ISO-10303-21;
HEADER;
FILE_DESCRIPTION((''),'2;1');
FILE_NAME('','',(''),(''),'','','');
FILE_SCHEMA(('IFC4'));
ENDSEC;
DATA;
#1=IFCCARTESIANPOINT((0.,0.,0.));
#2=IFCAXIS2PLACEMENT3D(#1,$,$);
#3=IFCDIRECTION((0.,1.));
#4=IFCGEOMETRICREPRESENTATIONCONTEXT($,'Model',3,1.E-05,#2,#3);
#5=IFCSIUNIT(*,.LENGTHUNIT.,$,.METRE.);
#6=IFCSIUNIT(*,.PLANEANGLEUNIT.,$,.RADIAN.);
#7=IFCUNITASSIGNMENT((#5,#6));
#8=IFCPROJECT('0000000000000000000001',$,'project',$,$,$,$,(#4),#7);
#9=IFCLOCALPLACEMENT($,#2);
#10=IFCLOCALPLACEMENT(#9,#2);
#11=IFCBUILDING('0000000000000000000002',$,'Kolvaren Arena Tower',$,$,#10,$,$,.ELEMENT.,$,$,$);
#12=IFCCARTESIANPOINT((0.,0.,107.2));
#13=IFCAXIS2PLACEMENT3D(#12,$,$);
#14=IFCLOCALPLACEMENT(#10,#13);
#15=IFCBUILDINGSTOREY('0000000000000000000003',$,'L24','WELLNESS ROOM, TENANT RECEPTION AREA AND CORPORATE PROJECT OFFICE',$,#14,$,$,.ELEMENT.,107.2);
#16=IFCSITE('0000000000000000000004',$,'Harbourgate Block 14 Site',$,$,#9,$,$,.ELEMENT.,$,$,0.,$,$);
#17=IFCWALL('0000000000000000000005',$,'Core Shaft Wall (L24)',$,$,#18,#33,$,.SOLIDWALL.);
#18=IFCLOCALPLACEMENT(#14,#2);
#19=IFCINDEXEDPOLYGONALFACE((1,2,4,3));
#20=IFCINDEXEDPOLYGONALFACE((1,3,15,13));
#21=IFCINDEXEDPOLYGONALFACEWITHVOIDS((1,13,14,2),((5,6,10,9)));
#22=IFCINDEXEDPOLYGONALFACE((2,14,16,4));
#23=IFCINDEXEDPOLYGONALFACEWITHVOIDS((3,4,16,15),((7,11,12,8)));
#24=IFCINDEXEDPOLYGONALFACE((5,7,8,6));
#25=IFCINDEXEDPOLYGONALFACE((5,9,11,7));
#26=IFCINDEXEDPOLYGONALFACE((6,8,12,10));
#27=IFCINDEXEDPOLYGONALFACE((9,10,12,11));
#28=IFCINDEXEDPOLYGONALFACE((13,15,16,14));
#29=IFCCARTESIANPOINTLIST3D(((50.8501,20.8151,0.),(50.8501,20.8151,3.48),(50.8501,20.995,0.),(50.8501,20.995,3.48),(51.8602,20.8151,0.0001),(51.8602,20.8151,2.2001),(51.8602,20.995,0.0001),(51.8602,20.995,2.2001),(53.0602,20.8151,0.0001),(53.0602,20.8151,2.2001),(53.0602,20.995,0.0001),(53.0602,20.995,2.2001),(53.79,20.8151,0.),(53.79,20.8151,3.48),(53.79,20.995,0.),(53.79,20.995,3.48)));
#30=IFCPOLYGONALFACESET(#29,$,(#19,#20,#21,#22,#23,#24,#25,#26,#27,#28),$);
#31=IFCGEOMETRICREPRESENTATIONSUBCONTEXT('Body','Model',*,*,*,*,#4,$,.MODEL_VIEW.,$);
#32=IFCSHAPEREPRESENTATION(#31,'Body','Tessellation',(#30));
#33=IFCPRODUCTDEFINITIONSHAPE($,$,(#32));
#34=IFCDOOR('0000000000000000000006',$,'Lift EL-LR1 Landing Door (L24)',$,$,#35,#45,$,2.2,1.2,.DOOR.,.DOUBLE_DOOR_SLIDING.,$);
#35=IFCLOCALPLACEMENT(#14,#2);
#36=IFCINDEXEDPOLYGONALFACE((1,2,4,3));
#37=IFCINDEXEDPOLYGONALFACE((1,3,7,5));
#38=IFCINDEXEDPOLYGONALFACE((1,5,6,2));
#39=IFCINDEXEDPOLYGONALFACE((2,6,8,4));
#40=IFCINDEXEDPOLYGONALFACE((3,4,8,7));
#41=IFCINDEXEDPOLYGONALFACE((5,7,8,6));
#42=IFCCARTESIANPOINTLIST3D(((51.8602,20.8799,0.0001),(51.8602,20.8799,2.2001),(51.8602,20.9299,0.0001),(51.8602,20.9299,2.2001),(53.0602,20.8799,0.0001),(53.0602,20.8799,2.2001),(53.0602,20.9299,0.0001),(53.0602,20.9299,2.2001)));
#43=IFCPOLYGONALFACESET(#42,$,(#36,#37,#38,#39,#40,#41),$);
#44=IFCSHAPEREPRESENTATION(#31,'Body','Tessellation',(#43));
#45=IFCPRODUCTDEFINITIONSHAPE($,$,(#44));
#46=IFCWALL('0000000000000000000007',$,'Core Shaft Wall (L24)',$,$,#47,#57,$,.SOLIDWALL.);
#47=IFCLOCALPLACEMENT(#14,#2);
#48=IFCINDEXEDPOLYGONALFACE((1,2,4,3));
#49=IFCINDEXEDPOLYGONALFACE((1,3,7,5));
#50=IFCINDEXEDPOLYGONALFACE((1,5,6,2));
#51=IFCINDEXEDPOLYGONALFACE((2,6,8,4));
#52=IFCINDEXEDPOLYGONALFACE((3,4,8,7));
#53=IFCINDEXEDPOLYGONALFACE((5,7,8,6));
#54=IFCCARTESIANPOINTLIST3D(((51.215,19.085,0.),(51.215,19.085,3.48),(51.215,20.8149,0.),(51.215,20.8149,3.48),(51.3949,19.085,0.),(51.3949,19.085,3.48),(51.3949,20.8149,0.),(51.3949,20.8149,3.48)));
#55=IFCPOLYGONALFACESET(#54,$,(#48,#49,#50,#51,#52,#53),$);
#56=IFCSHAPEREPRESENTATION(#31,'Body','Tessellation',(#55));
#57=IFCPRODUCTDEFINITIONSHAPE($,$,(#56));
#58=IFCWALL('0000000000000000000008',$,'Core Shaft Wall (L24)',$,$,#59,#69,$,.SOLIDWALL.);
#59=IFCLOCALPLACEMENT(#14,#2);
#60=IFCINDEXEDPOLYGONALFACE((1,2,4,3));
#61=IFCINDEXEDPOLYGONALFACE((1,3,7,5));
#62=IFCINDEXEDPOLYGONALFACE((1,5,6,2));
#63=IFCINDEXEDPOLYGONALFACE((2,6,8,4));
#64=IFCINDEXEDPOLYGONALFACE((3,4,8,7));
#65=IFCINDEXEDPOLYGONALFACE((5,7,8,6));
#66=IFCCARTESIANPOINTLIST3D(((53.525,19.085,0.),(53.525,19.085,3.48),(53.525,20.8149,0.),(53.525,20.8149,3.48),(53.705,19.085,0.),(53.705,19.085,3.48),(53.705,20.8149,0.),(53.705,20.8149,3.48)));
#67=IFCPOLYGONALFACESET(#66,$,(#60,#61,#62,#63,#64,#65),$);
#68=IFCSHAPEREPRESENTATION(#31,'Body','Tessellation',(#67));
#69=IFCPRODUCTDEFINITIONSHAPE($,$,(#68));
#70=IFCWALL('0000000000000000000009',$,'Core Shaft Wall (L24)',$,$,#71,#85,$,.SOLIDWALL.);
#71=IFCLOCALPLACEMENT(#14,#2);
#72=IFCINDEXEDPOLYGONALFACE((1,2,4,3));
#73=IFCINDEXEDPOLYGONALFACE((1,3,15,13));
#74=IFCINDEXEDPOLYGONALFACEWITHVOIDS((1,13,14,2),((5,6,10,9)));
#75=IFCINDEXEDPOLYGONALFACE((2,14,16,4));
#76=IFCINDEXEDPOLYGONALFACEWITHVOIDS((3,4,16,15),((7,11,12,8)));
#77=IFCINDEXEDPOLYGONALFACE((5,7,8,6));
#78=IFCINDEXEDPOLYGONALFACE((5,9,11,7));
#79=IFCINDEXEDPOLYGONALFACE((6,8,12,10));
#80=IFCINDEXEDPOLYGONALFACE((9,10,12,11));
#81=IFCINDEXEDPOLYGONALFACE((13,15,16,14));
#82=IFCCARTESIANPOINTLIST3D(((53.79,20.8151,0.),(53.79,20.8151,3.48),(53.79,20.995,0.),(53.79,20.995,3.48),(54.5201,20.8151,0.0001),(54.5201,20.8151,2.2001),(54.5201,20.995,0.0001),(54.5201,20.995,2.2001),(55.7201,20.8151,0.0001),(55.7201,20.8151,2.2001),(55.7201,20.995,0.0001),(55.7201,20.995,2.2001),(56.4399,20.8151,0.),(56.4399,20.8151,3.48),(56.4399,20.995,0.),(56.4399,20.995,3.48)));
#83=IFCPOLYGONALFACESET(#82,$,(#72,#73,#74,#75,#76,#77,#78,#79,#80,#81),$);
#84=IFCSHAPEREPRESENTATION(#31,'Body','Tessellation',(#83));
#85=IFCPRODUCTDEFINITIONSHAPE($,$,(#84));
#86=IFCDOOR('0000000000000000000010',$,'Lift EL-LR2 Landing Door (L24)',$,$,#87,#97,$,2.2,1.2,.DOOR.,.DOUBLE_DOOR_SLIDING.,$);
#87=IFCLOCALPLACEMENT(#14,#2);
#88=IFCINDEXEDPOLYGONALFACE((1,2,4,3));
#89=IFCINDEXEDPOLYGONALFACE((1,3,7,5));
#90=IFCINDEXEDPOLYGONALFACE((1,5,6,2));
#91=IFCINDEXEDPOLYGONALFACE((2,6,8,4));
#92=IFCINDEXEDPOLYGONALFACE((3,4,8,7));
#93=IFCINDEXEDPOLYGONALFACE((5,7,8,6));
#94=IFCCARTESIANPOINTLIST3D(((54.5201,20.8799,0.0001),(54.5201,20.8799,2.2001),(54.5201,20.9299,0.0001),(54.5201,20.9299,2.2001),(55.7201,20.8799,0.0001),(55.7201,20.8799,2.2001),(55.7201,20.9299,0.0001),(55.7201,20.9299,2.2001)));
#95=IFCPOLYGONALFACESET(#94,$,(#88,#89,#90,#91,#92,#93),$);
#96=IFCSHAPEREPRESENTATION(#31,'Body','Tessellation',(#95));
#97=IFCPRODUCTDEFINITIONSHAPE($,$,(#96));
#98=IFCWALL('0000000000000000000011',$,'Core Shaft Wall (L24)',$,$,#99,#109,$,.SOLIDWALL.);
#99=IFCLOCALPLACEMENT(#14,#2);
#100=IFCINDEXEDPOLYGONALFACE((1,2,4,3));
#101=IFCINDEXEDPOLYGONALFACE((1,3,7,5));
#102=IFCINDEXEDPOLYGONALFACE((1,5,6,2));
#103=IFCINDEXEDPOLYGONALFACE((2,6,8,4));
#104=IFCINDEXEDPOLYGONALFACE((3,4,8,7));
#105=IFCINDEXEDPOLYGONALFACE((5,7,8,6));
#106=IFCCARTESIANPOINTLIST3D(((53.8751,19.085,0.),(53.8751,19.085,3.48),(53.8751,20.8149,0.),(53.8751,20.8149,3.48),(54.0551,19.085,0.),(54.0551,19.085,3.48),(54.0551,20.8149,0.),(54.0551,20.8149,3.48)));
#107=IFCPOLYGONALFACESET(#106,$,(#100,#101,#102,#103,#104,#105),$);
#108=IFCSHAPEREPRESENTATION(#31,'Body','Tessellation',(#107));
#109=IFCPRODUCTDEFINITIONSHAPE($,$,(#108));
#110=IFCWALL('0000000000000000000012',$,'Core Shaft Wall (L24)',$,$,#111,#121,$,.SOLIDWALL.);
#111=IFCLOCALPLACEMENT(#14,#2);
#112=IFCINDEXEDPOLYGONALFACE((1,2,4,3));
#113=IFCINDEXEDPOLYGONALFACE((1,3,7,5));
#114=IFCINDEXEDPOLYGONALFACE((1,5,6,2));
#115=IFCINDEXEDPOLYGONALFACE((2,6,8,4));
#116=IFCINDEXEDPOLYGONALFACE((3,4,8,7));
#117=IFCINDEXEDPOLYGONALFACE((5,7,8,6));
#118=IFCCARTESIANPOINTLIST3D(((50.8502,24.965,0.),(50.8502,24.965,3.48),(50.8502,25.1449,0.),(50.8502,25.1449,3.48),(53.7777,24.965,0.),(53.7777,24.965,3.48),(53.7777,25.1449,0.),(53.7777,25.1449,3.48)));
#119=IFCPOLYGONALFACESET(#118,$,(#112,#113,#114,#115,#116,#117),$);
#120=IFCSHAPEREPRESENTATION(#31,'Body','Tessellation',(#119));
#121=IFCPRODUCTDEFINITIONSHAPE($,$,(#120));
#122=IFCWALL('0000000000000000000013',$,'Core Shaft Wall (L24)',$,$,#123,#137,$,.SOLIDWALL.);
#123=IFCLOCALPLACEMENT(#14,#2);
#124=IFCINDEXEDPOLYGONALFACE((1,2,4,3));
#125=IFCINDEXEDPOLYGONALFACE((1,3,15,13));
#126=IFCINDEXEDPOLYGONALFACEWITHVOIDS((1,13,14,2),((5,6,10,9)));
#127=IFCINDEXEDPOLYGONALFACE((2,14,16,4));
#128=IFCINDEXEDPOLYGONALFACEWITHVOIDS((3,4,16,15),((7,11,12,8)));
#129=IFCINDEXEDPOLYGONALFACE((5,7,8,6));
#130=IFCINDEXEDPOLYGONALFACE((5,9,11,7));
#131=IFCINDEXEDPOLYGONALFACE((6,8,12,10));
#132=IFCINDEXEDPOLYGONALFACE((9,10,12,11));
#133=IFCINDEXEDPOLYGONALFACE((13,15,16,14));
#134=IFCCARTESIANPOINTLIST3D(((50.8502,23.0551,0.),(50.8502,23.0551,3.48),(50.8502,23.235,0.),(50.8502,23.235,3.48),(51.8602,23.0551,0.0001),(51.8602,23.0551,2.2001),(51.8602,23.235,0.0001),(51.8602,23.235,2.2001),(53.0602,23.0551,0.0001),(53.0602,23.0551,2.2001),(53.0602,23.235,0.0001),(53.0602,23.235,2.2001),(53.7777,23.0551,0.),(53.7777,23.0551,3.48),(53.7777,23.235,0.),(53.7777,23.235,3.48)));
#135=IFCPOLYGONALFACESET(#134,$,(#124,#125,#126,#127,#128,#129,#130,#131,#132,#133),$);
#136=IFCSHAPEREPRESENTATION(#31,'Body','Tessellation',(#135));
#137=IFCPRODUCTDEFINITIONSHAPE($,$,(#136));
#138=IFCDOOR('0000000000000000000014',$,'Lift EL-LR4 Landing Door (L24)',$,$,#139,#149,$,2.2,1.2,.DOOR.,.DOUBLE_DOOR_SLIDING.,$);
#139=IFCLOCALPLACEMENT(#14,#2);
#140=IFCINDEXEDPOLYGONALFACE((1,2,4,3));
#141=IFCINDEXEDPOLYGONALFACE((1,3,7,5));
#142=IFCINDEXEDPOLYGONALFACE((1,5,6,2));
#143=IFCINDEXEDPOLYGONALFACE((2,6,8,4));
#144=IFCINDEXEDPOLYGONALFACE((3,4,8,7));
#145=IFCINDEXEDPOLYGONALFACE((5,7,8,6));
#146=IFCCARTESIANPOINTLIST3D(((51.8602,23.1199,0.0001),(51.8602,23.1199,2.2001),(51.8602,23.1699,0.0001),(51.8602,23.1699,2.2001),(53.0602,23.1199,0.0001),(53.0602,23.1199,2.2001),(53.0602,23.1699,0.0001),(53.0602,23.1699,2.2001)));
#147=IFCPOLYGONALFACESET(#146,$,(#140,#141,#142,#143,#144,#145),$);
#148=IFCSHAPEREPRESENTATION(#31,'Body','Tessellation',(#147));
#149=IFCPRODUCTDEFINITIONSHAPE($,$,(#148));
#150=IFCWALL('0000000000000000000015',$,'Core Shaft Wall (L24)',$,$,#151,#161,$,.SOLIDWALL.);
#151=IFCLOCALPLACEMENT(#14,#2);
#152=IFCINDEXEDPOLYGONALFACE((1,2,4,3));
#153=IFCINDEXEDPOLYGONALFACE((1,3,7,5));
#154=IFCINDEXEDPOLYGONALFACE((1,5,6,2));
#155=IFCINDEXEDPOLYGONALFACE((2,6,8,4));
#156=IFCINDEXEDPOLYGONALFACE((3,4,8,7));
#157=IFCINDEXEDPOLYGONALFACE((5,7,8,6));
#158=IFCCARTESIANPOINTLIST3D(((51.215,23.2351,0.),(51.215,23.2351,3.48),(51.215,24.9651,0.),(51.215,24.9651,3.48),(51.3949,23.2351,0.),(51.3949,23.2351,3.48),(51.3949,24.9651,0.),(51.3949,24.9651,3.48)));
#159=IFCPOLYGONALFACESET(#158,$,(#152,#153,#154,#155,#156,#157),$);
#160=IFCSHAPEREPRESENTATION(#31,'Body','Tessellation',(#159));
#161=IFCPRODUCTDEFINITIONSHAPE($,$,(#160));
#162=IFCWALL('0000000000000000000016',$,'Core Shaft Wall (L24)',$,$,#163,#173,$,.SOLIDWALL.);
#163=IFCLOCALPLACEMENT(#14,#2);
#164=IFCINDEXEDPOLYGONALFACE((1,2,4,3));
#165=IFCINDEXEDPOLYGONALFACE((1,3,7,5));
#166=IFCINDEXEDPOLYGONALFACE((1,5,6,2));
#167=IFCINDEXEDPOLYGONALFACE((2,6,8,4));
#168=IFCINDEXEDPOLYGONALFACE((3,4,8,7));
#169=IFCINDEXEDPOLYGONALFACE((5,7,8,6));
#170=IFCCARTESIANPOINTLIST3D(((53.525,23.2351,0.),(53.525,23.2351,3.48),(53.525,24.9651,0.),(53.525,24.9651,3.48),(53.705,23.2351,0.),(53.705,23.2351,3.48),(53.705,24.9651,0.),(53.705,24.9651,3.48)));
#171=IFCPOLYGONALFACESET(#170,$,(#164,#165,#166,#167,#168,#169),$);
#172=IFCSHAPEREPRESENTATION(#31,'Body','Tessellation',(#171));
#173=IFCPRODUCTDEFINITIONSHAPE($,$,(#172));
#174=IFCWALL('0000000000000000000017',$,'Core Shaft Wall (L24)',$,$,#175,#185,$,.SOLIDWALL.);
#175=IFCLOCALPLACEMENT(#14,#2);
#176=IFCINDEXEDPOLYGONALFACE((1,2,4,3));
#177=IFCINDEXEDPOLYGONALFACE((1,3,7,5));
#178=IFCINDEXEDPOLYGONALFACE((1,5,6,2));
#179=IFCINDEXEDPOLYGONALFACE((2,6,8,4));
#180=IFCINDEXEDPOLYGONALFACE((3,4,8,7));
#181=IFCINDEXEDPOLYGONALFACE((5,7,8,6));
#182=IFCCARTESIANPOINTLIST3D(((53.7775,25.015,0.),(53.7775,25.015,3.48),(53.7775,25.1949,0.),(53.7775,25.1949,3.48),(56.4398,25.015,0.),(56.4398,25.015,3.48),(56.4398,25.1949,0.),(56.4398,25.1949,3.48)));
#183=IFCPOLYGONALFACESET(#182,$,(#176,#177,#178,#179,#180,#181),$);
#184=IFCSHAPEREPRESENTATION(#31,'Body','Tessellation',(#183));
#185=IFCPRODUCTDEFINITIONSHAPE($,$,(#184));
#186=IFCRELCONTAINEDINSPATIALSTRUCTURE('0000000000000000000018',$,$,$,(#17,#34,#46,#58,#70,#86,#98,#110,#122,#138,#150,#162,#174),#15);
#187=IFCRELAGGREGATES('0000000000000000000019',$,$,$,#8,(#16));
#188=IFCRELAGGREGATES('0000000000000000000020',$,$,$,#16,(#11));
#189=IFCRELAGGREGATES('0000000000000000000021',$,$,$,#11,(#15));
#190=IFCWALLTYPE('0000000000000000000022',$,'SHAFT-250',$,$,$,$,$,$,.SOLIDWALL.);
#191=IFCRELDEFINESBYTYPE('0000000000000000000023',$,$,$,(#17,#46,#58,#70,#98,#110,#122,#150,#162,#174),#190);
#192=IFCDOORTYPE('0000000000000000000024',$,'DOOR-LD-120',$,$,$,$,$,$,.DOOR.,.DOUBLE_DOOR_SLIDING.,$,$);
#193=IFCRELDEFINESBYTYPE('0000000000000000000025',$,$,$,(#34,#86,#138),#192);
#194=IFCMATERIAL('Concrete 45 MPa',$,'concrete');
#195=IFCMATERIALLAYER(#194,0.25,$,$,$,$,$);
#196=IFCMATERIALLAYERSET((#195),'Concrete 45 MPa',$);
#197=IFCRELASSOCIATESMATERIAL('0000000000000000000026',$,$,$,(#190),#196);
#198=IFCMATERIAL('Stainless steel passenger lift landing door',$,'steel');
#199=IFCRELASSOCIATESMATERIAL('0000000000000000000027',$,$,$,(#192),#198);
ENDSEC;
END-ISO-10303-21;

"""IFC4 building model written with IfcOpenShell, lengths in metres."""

from ifc_helpers import new_model, si_unit, direction, frame, frame_2d, origin, place, context, subcontext, project, spatial, rectangle, extrude, material, layer, layer_set, type_object, element, fill, save


model = new_model("IFC4")

# Units and contexts
model_context = context("Model", 3, precision=1e-05, world=origin(), true_north=direction((0.0, 1.0)))
body_context = subcontext(model_context, "Body", "Model", "MODEL_VIEW")
ifc_project = project(units=[si_unit("LENGTHUNIT", "METRE"), si_unit("PLANEANGLEUNIT", "RADIAN")], contexts=[model_context])

# Site, building, storey
site_placement = place(None, origin())
site = spatial("IfcSite", under=ifc_project, at=site_placement, Name="Harbourgate Block 14 Site", CompositionType="ELEMENT", RefElevation=0.0)
building_placement = place(site_placement, origin())
building = spatial("IfcBuilding", under=site, at=building_placement, Name="Kolvaren Arena Tower", CompositionType="ELEMENT")
storey_placement = place(building_placement, frame((0.0, 0.0, 107.2)))
storey = spatial("IfcBuildingStorey", under=building, at=storey_placement, Name="L24", Description="WELLNESS ROOM, TENANT RECEPTION AREA AND CORPORATE PROJECT OFFICE", CompositionType="ELEMENT", Elevation=107.2)

# Wall, opening, door
ifc_material_1 = material(Name="Concrete 45 MPa", Category="concrete")
ifc_layer_1 = layer(ifc_material_1, 0.25)
ifc_layer_set_1 = layer_set([ifc_layer_1], Name="Concrete 45 MPa")
wall_type_1 = type_object("IfcWallType", Name="SHAFT-250", PredefinedType="SOLIDWALL", material=ifc_layer_set_1)
wall_1_placement = place(storey_placement, frame((50.8501, 20.905, 0.0), z_axis=(0.0, 0.0, 1.0), x_axis=(1.0, 0.0, 0.0)))
wall_1 = element("IfcWall", 1, at=wall_1_placement, inside=storey, type_object=wall_type_1, Name="Core Shaft Wall (L24)", PredefinedType="SOLIDWALL", context=body_context, shape_type="SweptSolid", body=[
    extrude(rectangle(XDim=2.9399, YDim=0.1799, at=frame_2d((1.47, 0.0))), origin(), (0.0, 0.0, 1.0), 3.48),
])
opening_1_placement = place(wall_1_placement, frame((1.01, 0.0, 0.0)))
opening_1 = element("IfcOpeningElement", 2, at=opening_1_placement, cuts=wall_1, PredefinedType="OPENING", context=body_context, shape_type="SweptSolid", body=[
    extrude(rectangle(XDim=1.2, YDim=2.2, at=frame_2d((0.6001, 1.1001))), frame((0.0, 0.0999, 0.0), z_axis=(0.0, -1.0, 0.0), x_axis=(1.0, 0.0, 0.0)), (0.0, 0.0, 1.0), 0.2),
])
ifc_material_2 = material(Name="Stainless steel passenger lift landing door", Category="steel")
door_type_1 = type_object("IfcDoorType", Name="DOOR-LD-120", OperationType="DOUBLE_DOOR_SLIDING", PredefinedType="DOOR", material=ifc_material_2)
door_1_placement = place(opening_1_placement, origin())
door_1 = element("IfcDoor", 3, at=door_1_placement, inside=storey, type_object=door_type_1, Name="Lift EL-LR1 Landing Door (L24)", OperationType="DOUBLE_DOOR_SLIDING", OverallHeight=2.2, OverallWidth=1.2, PredefinedType="DOOR", context=body_context, shape_type="SweptSolid", body=[
    extrude(rectangle(XDim=1.2, YDim=2.2, at=frame_2d((0.6001, 1.1001))), frame((0.0, 0.0249, 0.0), z_axis=(0.0, -1.0, 0.0), x_axis=(1.0, 0.0, 0.0)), (0.0, 0.0, 1.0), 0.05),
])
fill(opening_1, door_1)

# Walls
for number, where, z_axis, x_axis, name in (
    (4, (51.3049, 19.085, 0.0), (0.0, 0.0, 1.0), (0.0, 1.0, 0.0), "Core Shaft Wall (L24)"),
    (5, (53.615, 19.085, 0.0), (0.0, 0.0, 1.0), (0.0, 1.0, 0.0), "Core Shaft Wall (L24)"),
):
    element("IfcWall", number, at=place(storey_placement, frame(where, z_axis=z_axis, x_axis=x_axis)), inside=storey, type_object=wall_type_1, Name=name, PredefinedType="SOLIDWALL", context=body_context, shape_type="SweptSolid", body=[
        extrude(rectangle(XDim=1.73, YDim=0.1799, at=frame_2d((0.865, 0.0))), origin(), (0.0, 0.0, 1.0), 3.48),
    ])

# Wall, opening, door
wall_2_placement = place(storey_placement, frame((53.79, 20.905, 0.0), z_axis=(0.0, 0.0, 1.0), x_axis=(1.0, 0.0, 0.0)))
wall_2 = element("IfcWall", 6, at=wall_2_placement, inside=storey, type_object=wall_type_1, Name="Core Shaft Wall (L24)", PredefinedType="SOLIDWALL", context=body_context, shape_type="SweptSolid", body=[
    extrude(rectangle(XDim=2.6499, YDim=0.1799, at=frame_2d((1.325, 0.0))), origin(), (0.0, 0.0, 1.0), 3.48),
])
opening_2_placement = place(wall_2_placement, frame((0.73, 0.0, 0.0)))
opening_2 = element("IfcOpeningElement", 7, at=opening_2_placement, cuts=wall_2, PredefinedType="OPENING", context=body_context, shape_type="SweptSolid", body=[
    extrude(rectangle(XDim=1.2, YDim=2.2, at=frame_2d((0.6001, 1.1001))), frame((0.0, 0.0999, 0.0), z_axis=(0.0, -1.0, 0.0), x_axis=(1.0, 0.0, 0.0)), (0.0, 0.0, 1.0), 0.2),
])
door_2_placement = place(opening_2_placement, origin())
door_2 = element("IfcDoor", 8, at=door_2_placement, inside=storey, type_object=door_type_1, Name="Lift EL-LR2 Landing Door (L24)", OperationType="DOUBLE_DOOR_SLIDING", OverallHeight=2.2, OverallWidth=1.2, PredefinedType="DOOR", context=body_context, shape_type="SweptSolid", body=[
    extrude(rectangle(XDim=1.2, YDim=2.2, at=frame_2d((0.6001, 1.1001))), frame((0.0, 0.0249, 0.0), z_axis=(0.0, -1.0, 0.0), x_axis=(1.0, 0.0, 0.0)), (0.0, 0.0, 1.0), 0.05),
])
fill(opening_2, door_2)

# Walls
wall_3_placement = place(storey_placement, frame((53.9651, 19.085, 0.0), z_axis=(0.0, 0.0, 1.0), x_axis=(0.0, 1.0, 0.0)))
element("IfcWall", 9, at=wall_3_placement, inside=storey, type_object=wall_type_1, Name="Core Shaft Wall (L24)", PredefinedType="SOLIDWALL", context=body_context, shape_type="SweptSolid", body=[
    extrude(rectangle(XDim=1.73, YDim=0.1799, at=frame_2d((0.865, 0.0))), origin(), (0.0, 0.0, 1.0), 3.48),
])
wall_4_placement = place(storey_placement, frame((50.8501, 25.0549, 0.0), z_axis=(0.0, 0.0, 1.0), x_axis=(1.0, 0.0, 0.0)))
element("IfcWall", 10, at=wall_4_placement, inside=storey, type_object=wall_type_1, Name="Core Shaft Wall (L24)", PredefinedType="SOLIDWALL", context=body_context, shape_type="SweptSolid", body=[
    extrude(rectangle(XDim=2.9275, YDim=0.1799, at=frame_2d((1.4639, 0.0))), origin(), (0.0, 0.0, 1.0), 3.48),
])

# Wall, opening, door
wall_5_placement = place(storey_placement, frame((50.8501, 23.145, 0.0), z_axis=(0.0, 0.0, 1.0), x_axis=(1.0, 0.0, 0.0)))
wall_5 = element("IfcWall", 11, at=wall_5_placement, inside=storey, type_object=wall_type_1, Name="Core Shaft Wall (L24)", PredefinedType="SOLIDWALL", context=body_context, shape_type="SweptSolid", body=[
    extrude(rectangle(XDim=2.9275, YDim=0.1799, at=frame_2d((1.4639, 0.0))), origin(), (0.0, 0.0, 1.0), 3.48),
])
opening_3_placement = place(wall_5_placement, frame((1.01, 0.0, 0.0)))
opening_3 = element("IfcOpeningElement", 12, at=opening_3_placement, cuts=wall_5, PredefinedType="OPENING", context=body_context, shape_type="SweptSolid", body=[
    extrude(rectangle(XDim=1.2, YDim=2.2, at=frame_2d((0.6001, 1.1001))), frame((0.0, 0.0999, 0.0), z_axis=(0.0, -1.0, 0.0), x_axis=(1.0, 0.0, 0.0)), (0.0, 0.0, 1.0), 0.2),
])
door_3_placement = place(opening_3_placement, origin())
door_3 = element("IfcDoor", 13, at=door_3_placement, inside=storey, type_object=door_type_1, Name="Lift EL-LR4 Landing Door (L24)", OperationType="DOUBLE_DOOR_SLIDING", OverallHeight=2.2, OverallWidth=1.2, PredefinedType="DOOR", context=body_context, shape_type="SweptSolid", body=[
    extrude(rectangle(XDim=1.2, YDim=2.2, at=frame_2d((0.6001, 1.1001))), frame((0.0, 0.0249, 0.0), z_axis=(0.0, -1.0, 0.0), x_axis=(1.0, 0.0, 0.0)), (0.0, 0.0, 1.0), 0.05),
])
fill(opening_3, door_3)

# Walls
for number, where, z_axis, x_axis, name in (
    (14, (51.3049, 23.2351, 0.0), (0.0, 0.0, 1.0), (0.0, 1.0, 0.0), "Core Shaft Wall (L24)"),
    (15, (53.615, 23.2351, 0.0), (0.0, 0.0, 1.0), (0.0, 1.0, 0.0), "Core Shaft Wall (L24)"),
):
    element("IfcWall", number, at=place(storey_placement, frame(where, z_axis=z_axis, x_axis=x_axis)), inside=storey, type_object=wall_type_1, Name=name, PredefinedType="SOLIDWALL", context=body_context, shape_type="SweptSolid", body=[
        extrude(rectangle(XDim=1.73, YDim=0.1799, at=frame_2d((0.865, 0.0))), origin(), (0.0, 0.0, 1.0), 3.48),
    ])
for number, where, z_axis, x_axis, name in (
    (16, (53.7776, 25.105, 0.0), (0.0, 0.0, 1.0), (1.0, 0.0, 0.0), "Core Shaft Wall (L24)"),
):
    element("IfcWall", number, at=place(storey_placement, frame(where, z_axis=z_axis, x_axis=x_axis)), inside=storey, type_object=wall_type_1, Name=name, PredefinedType="SOLIDWALL", context=body_context, shape_type="SweptSolid", body=[
        extrude(rectangle(XDim=2.6624, YDim=0.1799, at=frame_2d((1.3311, 0.0))), origin(), (0.0, 0.0, 1.0), 3.48),
    ])

save(model, "model.ifc")
